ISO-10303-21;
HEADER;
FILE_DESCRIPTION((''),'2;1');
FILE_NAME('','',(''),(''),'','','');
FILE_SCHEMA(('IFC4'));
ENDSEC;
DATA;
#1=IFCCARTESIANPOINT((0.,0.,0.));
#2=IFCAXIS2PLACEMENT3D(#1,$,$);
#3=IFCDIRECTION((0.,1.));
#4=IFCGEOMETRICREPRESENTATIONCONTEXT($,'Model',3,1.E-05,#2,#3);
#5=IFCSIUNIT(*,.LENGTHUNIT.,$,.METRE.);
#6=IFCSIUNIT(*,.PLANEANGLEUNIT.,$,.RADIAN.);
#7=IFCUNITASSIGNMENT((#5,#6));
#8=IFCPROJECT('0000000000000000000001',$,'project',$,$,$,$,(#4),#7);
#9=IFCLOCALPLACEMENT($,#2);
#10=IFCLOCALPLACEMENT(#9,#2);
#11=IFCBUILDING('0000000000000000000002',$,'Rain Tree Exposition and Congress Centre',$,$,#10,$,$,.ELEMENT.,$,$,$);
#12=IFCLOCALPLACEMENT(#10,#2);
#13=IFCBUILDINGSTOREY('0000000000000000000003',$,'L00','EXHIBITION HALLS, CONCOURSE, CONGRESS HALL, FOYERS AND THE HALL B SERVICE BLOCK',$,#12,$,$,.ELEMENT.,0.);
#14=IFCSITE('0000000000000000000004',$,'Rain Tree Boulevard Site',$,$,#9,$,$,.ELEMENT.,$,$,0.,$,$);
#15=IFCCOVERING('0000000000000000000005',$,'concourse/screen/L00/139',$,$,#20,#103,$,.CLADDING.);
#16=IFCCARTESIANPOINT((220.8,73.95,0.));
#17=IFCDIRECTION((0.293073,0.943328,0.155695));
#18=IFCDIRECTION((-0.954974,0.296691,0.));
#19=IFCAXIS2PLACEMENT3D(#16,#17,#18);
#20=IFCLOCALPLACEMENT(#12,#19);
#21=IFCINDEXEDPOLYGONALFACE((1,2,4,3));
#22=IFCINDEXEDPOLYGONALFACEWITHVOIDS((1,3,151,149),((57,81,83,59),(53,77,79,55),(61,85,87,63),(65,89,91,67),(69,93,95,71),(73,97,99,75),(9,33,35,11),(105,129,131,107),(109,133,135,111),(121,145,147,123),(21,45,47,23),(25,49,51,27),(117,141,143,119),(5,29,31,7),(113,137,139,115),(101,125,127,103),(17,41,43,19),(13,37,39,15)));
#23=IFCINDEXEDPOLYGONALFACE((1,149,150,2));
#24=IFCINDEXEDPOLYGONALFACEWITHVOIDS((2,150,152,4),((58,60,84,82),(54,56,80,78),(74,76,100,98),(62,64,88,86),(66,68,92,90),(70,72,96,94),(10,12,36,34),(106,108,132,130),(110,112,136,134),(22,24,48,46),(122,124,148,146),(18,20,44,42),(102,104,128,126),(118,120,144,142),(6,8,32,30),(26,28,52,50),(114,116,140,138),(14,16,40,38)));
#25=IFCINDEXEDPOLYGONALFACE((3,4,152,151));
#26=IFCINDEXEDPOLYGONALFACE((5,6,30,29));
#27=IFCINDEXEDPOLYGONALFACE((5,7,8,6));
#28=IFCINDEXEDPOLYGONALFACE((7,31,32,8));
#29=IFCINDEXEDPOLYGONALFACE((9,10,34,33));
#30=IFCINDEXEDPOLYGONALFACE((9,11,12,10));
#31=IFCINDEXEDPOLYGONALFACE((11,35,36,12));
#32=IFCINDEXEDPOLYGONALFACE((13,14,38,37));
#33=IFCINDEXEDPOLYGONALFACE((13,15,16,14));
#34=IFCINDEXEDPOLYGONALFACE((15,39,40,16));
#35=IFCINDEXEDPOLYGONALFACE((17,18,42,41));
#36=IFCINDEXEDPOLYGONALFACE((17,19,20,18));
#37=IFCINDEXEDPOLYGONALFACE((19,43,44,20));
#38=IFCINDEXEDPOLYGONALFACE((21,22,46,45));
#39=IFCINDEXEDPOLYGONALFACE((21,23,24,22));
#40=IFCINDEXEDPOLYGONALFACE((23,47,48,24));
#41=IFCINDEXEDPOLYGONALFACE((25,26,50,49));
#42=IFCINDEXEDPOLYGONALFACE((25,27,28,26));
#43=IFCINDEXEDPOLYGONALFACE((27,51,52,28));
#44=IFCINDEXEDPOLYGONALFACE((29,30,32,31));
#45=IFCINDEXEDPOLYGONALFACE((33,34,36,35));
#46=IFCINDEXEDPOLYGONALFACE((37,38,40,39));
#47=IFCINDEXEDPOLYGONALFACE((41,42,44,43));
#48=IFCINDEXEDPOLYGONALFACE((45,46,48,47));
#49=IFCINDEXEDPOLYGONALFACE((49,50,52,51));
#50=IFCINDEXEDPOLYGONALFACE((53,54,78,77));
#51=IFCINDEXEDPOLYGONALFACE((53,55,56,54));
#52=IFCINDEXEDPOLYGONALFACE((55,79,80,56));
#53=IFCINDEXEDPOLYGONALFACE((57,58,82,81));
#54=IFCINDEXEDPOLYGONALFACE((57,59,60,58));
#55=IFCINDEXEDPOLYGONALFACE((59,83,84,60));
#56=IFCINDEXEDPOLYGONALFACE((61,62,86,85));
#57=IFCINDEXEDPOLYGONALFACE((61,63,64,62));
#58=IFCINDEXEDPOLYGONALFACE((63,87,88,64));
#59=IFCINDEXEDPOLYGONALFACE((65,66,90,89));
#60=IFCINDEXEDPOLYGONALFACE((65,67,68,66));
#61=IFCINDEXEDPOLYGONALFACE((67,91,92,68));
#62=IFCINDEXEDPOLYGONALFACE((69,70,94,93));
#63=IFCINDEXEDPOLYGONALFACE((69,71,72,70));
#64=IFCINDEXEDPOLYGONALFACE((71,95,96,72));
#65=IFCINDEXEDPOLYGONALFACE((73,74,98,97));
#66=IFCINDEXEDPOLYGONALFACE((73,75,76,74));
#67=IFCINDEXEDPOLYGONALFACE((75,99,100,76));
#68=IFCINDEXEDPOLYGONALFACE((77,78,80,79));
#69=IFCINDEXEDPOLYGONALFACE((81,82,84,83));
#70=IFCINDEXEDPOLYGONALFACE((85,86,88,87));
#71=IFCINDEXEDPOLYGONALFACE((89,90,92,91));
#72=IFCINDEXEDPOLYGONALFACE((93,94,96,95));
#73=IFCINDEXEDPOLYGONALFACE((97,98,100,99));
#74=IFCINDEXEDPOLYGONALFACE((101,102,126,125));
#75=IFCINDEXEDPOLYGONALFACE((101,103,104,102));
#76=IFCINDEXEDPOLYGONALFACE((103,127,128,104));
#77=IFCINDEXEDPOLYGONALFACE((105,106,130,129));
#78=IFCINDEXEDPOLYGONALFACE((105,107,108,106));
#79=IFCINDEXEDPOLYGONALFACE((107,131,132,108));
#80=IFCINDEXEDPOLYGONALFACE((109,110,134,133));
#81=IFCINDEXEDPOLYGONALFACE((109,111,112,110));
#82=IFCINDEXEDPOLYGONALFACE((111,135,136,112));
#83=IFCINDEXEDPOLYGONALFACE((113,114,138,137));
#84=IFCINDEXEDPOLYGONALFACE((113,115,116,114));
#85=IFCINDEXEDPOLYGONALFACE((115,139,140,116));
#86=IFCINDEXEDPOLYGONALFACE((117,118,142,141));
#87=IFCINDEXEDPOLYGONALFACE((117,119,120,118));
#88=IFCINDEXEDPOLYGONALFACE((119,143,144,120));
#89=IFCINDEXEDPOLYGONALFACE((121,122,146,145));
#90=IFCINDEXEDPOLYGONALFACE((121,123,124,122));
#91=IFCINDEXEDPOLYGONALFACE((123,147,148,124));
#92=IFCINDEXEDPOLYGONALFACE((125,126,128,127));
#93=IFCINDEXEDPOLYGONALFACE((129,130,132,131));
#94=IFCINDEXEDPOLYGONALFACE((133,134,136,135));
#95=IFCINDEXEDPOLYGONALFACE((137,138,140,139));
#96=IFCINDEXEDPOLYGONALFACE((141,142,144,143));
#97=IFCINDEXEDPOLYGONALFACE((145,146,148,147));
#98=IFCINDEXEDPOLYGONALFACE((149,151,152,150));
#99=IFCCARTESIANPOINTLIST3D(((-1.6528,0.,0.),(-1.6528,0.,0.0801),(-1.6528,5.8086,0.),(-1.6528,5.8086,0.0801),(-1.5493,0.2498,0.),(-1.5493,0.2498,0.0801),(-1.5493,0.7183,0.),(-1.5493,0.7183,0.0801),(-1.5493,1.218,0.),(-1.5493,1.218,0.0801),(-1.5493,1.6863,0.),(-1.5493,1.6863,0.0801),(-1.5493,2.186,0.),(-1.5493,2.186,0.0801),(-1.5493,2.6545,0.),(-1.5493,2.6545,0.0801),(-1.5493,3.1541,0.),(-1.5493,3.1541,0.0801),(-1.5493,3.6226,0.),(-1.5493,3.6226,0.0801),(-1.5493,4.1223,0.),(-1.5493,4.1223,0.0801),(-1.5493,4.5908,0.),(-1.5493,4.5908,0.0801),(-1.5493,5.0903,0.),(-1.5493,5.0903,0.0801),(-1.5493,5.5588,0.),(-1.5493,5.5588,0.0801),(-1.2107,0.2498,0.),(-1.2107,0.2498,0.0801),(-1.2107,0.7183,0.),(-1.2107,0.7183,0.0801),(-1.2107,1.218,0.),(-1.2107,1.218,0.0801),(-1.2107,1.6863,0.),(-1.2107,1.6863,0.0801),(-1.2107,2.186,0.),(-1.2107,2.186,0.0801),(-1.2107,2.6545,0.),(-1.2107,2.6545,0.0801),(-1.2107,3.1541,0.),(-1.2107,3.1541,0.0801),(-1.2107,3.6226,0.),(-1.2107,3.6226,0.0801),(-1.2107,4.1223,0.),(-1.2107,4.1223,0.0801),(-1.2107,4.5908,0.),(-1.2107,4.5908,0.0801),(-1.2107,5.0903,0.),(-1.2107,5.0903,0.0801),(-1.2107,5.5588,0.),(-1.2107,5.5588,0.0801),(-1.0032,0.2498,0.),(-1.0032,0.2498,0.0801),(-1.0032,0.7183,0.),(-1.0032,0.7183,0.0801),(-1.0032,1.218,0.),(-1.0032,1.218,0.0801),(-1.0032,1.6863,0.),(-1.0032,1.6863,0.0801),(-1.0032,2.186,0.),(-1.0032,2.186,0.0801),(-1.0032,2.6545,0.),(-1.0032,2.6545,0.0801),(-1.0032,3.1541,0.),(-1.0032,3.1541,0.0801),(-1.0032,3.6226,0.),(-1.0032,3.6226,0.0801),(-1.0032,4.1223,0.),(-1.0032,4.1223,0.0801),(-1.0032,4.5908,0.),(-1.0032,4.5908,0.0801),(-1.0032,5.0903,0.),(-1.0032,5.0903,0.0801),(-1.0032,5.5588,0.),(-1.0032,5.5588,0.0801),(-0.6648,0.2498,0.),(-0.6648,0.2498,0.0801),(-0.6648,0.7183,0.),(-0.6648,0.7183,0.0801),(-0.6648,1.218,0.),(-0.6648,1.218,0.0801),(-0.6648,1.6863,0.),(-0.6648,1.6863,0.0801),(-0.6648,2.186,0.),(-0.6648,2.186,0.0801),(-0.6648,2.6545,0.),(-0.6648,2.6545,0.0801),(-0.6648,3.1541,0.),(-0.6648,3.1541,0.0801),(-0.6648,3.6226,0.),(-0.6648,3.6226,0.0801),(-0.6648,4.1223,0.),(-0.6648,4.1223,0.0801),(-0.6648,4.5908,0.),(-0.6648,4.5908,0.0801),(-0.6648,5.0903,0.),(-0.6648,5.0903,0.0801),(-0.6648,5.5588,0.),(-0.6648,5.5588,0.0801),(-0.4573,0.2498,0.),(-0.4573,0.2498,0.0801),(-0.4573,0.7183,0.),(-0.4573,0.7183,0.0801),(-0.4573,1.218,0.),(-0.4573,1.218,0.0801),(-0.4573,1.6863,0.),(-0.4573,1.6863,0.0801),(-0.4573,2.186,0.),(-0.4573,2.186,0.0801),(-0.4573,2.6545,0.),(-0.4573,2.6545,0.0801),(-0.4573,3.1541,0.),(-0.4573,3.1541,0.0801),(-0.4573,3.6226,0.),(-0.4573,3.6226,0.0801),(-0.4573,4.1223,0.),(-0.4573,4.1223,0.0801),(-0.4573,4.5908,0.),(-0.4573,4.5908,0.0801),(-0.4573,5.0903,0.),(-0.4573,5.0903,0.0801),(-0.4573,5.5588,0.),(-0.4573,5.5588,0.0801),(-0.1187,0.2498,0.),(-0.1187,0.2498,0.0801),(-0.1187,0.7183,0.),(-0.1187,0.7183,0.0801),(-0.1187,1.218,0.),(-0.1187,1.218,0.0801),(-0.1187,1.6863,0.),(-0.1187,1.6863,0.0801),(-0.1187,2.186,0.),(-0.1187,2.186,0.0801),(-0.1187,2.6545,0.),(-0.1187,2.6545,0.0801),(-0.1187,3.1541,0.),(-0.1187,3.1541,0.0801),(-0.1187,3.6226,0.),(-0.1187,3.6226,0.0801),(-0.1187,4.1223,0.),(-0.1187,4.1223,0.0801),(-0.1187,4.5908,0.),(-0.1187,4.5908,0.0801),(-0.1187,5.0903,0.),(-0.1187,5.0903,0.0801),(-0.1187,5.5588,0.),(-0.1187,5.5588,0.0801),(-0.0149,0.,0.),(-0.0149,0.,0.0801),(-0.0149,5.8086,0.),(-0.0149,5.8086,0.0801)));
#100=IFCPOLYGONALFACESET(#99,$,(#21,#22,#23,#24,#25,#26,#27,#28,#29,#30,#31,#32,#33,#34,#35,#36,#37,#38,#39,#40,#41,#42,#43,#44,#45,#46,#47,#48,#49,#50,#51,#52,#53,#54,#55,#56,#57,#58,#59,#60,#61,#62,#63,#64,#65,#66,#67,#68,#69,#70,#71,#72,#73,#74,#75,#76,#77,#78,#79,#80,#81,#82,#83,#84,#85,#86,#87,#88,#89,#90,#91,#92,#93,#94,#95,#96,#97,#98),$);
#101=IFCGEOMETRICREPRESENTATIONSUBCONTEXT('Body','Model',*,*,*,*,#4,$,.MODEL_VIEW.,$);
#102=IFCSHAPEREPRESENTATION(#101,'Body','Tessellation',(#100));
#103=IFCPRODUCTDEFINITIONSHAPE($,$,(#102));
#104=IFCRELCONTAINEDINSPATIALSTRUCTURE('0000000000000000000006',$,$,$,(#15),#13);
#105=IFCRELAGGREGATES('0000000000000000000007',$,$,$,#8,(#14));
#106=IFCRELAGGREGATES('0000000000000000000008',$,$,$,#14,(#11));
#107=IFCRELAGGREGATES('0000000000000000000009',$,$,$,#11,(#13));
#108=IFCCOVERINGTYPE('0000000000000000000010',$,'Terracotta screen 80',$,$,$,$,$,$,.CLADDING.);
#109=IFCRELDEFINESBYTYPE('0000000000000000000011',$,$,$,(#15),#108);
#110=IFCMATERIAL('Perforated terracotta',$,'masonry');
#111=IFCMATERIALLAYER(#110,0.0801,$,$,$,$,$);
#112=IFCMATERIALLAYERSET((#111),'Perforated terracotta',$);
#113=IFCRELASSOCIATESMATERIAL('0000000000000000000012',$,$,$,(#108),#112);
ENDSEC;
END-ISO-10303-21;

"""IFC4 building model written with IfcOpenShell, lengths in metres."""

from ifc_helpers import new_model, si_unit, direction, frame, origin, place, context, subcontext, project, spatial, polyline, outline, extrude, material, layer, layer_set, type_object, element, save


model = new_model("IFC4")

# Units and contexts
model_context = context("Model", 3, precision=1e-05, world=origin(), true_north=direction((0.0, 1.0)))
body_context = subcontext(model_context, "Body", "Model", "MODEL_VIEW")
ifc_project = project(units=[si_unit("LENGTHUNIT", "METRE"), si_unit("PLANEANGLEUNIT", "RADIAN")], contexts=[model_context])

# Site, building, storey
site_placement = place(None, origin())
site = spatial("IfcSite", under=ifc_project, at=site_placement, Name="Rain Tree Boulevard Site", CompositionType="ELEMENT", RefElevation=0.0)
building_placement = place(site_placement, origin())
building = spatial("IfcBuilding", under=site, at=building_placement, Name="Rain Tree Exposition and Congress Centre", CompositionType="ELEMENT")
storey_placement = place(building_placement, origin())
storey = spatial("IfcBuildingStorey", under=building, at=storey_placement, Name="L00", Description="EXHIBITION HALLS, CONCOURSE, CONGRESS HALL, FOYERS AND THE HALL B SERVICE BLOCK", CompositionType="ELEMENT", Elevation=0.0)

# Covering
ifc_material_1 = material(Name="Perforated terracotta", Category="masonry")
ifc_layer_1 = layer(ifc_material_1, 0.0801)
ifc_layer_set_1 = layer_set([ifc_layer_1], Name="Perforated terracotta")
covering_type = type_object("IfcCoveringType", Name="Terracotta screen 80", PredefinedType="CLADDING", material=ifc_layer_set_1)
covering_1_placement = place(storey_placement, frame((220.8, 73.95, 0.0), z_axis=(0.293073, 0.943328, 0.155695), x_axis=(-0.954974, 0.296691, 0.0)))
element("IfcCovering", 1, at=covering_1_placement, inside=storey, type_object=covering_type, Name="concourse/screen/L00/139", PredefinedType="CLADDING", context=body_context, shape_type="SweptSolid", body=[
    extrude(outline(polyline([(-0.0149, 0.0), (-1.6528, 0.0), (-1.6528, 5.8086), (-0.0149, 5.8086), (-0.0149, 0.0)]), holes=[polyline([(-0.1187, 0.2498), (-0.1187, 0.7183), (-0.4573, 0.7183), (-0.4573, 0.2498), (-0.1187, 0.2498)]), polyline([(-0.1187, 1.218), (-0.1187, 1.6863), (-0.4573, 1.6863), (-0.4573, 1.218), (-0.1187, 1.218)]), polyline([(-0.1187, 2.186), (-0.1187, 2.6545), (-0.4573, 2.6545), (-0.4573, 2.186), (-0.1187, 2.186)]), polyline([(-0.1187, 3.1541), (-0.1187, 3.6226), (-0.4573, 3.6226), (-0.4573, 3.1541), (-0.1187, 3.1541)]), polyline([(-0.1187, 4.1223), (-0.1187, 4.5908), (-0.4573, 4.5908), (-0.4573, 4.1223), (-0.1187, 4.1223)]), polyline([(-0.1187, 5.0903), (-0.1187, 5.5588), (-0.4573, 5.5588), (-0.4573, 5.0903), (-0.1187, 5.0903)]), polyline([(-0.6648, 0.2498), (-0.6648, 0.7183), (-1.0032, 0.7183), (-1.0032, 0.2498), (-0.6648, 0.2498)]), polyline([(-0.6648, 1.218), (-0.6648, 1.6863), (-1.0032, 1.6863), (-1.0032, 1.218), (-0.6648, 1.218)]), polyline([(-0.6648, 2.186), (-0.6648, 2.6545), (-1.0032, 2.6545), (-1.0032, 2.186), (-0.6648, 2.186)]), polyline([(-0.6648, 3.1541), (-0.6648, 3.6226), (-1.0032, 3.6226), (-1.0032, 3.1541), (-0.6648, 3.1541)]), polyline([(-0.6648, 4.1223), (-0.6648, 4.5908), (-1.0032, 4.5908), (-1.0032, 4.1223), (-0.6648, 4.1223)]), polyline([(-0.6648, 5.0903), (-0.6648, 5.5588), (-1.0032, 5.5588), (-1.0032, 5.0903), (-0.6648, 5.0903)]), polyline([(-1.2107, 0.2498), (-1.2107, 0.7183), (-1.5493, 0.7183), (-1.5493, 0.2498), (-1.2107, 0.2498)]), polyline([(-1.2107, 1.218), (-1.2107, 1.6863), (-1.5493, 1.6863), (-1.5493, 1.218), (-1.2107, 1.218)]), polyline([(-1.2107, 2.186), (-1.2107, 2.6545), (-1.5493, 2.6545), (-1.5493, 2.186), (-1.2107, 2.186)]), polyline([(-1.2107, 3.1541), (-1.2107, 3.6226), (-1.5493, 3.6226), (-1.5493, 3.1541), (-1.2107, 3.1541)]), polyline([(-1.2107, 4.1223), (-1.2107, 4.5908), (-1.5493, 4.5908), (-1.5493, 4.1223), (-1.2107, 4.1223)]), polyline([(-1.2107, 5.0903), (-1.2107, 5.5588), (-1.5493, 5.5588), (-1.5493, 5.0903), (-1.2107, 5.0903)])]), origin(), (0.0, 0.0, 1.0), 0.0801),
])

save(model, "model.ifc")
